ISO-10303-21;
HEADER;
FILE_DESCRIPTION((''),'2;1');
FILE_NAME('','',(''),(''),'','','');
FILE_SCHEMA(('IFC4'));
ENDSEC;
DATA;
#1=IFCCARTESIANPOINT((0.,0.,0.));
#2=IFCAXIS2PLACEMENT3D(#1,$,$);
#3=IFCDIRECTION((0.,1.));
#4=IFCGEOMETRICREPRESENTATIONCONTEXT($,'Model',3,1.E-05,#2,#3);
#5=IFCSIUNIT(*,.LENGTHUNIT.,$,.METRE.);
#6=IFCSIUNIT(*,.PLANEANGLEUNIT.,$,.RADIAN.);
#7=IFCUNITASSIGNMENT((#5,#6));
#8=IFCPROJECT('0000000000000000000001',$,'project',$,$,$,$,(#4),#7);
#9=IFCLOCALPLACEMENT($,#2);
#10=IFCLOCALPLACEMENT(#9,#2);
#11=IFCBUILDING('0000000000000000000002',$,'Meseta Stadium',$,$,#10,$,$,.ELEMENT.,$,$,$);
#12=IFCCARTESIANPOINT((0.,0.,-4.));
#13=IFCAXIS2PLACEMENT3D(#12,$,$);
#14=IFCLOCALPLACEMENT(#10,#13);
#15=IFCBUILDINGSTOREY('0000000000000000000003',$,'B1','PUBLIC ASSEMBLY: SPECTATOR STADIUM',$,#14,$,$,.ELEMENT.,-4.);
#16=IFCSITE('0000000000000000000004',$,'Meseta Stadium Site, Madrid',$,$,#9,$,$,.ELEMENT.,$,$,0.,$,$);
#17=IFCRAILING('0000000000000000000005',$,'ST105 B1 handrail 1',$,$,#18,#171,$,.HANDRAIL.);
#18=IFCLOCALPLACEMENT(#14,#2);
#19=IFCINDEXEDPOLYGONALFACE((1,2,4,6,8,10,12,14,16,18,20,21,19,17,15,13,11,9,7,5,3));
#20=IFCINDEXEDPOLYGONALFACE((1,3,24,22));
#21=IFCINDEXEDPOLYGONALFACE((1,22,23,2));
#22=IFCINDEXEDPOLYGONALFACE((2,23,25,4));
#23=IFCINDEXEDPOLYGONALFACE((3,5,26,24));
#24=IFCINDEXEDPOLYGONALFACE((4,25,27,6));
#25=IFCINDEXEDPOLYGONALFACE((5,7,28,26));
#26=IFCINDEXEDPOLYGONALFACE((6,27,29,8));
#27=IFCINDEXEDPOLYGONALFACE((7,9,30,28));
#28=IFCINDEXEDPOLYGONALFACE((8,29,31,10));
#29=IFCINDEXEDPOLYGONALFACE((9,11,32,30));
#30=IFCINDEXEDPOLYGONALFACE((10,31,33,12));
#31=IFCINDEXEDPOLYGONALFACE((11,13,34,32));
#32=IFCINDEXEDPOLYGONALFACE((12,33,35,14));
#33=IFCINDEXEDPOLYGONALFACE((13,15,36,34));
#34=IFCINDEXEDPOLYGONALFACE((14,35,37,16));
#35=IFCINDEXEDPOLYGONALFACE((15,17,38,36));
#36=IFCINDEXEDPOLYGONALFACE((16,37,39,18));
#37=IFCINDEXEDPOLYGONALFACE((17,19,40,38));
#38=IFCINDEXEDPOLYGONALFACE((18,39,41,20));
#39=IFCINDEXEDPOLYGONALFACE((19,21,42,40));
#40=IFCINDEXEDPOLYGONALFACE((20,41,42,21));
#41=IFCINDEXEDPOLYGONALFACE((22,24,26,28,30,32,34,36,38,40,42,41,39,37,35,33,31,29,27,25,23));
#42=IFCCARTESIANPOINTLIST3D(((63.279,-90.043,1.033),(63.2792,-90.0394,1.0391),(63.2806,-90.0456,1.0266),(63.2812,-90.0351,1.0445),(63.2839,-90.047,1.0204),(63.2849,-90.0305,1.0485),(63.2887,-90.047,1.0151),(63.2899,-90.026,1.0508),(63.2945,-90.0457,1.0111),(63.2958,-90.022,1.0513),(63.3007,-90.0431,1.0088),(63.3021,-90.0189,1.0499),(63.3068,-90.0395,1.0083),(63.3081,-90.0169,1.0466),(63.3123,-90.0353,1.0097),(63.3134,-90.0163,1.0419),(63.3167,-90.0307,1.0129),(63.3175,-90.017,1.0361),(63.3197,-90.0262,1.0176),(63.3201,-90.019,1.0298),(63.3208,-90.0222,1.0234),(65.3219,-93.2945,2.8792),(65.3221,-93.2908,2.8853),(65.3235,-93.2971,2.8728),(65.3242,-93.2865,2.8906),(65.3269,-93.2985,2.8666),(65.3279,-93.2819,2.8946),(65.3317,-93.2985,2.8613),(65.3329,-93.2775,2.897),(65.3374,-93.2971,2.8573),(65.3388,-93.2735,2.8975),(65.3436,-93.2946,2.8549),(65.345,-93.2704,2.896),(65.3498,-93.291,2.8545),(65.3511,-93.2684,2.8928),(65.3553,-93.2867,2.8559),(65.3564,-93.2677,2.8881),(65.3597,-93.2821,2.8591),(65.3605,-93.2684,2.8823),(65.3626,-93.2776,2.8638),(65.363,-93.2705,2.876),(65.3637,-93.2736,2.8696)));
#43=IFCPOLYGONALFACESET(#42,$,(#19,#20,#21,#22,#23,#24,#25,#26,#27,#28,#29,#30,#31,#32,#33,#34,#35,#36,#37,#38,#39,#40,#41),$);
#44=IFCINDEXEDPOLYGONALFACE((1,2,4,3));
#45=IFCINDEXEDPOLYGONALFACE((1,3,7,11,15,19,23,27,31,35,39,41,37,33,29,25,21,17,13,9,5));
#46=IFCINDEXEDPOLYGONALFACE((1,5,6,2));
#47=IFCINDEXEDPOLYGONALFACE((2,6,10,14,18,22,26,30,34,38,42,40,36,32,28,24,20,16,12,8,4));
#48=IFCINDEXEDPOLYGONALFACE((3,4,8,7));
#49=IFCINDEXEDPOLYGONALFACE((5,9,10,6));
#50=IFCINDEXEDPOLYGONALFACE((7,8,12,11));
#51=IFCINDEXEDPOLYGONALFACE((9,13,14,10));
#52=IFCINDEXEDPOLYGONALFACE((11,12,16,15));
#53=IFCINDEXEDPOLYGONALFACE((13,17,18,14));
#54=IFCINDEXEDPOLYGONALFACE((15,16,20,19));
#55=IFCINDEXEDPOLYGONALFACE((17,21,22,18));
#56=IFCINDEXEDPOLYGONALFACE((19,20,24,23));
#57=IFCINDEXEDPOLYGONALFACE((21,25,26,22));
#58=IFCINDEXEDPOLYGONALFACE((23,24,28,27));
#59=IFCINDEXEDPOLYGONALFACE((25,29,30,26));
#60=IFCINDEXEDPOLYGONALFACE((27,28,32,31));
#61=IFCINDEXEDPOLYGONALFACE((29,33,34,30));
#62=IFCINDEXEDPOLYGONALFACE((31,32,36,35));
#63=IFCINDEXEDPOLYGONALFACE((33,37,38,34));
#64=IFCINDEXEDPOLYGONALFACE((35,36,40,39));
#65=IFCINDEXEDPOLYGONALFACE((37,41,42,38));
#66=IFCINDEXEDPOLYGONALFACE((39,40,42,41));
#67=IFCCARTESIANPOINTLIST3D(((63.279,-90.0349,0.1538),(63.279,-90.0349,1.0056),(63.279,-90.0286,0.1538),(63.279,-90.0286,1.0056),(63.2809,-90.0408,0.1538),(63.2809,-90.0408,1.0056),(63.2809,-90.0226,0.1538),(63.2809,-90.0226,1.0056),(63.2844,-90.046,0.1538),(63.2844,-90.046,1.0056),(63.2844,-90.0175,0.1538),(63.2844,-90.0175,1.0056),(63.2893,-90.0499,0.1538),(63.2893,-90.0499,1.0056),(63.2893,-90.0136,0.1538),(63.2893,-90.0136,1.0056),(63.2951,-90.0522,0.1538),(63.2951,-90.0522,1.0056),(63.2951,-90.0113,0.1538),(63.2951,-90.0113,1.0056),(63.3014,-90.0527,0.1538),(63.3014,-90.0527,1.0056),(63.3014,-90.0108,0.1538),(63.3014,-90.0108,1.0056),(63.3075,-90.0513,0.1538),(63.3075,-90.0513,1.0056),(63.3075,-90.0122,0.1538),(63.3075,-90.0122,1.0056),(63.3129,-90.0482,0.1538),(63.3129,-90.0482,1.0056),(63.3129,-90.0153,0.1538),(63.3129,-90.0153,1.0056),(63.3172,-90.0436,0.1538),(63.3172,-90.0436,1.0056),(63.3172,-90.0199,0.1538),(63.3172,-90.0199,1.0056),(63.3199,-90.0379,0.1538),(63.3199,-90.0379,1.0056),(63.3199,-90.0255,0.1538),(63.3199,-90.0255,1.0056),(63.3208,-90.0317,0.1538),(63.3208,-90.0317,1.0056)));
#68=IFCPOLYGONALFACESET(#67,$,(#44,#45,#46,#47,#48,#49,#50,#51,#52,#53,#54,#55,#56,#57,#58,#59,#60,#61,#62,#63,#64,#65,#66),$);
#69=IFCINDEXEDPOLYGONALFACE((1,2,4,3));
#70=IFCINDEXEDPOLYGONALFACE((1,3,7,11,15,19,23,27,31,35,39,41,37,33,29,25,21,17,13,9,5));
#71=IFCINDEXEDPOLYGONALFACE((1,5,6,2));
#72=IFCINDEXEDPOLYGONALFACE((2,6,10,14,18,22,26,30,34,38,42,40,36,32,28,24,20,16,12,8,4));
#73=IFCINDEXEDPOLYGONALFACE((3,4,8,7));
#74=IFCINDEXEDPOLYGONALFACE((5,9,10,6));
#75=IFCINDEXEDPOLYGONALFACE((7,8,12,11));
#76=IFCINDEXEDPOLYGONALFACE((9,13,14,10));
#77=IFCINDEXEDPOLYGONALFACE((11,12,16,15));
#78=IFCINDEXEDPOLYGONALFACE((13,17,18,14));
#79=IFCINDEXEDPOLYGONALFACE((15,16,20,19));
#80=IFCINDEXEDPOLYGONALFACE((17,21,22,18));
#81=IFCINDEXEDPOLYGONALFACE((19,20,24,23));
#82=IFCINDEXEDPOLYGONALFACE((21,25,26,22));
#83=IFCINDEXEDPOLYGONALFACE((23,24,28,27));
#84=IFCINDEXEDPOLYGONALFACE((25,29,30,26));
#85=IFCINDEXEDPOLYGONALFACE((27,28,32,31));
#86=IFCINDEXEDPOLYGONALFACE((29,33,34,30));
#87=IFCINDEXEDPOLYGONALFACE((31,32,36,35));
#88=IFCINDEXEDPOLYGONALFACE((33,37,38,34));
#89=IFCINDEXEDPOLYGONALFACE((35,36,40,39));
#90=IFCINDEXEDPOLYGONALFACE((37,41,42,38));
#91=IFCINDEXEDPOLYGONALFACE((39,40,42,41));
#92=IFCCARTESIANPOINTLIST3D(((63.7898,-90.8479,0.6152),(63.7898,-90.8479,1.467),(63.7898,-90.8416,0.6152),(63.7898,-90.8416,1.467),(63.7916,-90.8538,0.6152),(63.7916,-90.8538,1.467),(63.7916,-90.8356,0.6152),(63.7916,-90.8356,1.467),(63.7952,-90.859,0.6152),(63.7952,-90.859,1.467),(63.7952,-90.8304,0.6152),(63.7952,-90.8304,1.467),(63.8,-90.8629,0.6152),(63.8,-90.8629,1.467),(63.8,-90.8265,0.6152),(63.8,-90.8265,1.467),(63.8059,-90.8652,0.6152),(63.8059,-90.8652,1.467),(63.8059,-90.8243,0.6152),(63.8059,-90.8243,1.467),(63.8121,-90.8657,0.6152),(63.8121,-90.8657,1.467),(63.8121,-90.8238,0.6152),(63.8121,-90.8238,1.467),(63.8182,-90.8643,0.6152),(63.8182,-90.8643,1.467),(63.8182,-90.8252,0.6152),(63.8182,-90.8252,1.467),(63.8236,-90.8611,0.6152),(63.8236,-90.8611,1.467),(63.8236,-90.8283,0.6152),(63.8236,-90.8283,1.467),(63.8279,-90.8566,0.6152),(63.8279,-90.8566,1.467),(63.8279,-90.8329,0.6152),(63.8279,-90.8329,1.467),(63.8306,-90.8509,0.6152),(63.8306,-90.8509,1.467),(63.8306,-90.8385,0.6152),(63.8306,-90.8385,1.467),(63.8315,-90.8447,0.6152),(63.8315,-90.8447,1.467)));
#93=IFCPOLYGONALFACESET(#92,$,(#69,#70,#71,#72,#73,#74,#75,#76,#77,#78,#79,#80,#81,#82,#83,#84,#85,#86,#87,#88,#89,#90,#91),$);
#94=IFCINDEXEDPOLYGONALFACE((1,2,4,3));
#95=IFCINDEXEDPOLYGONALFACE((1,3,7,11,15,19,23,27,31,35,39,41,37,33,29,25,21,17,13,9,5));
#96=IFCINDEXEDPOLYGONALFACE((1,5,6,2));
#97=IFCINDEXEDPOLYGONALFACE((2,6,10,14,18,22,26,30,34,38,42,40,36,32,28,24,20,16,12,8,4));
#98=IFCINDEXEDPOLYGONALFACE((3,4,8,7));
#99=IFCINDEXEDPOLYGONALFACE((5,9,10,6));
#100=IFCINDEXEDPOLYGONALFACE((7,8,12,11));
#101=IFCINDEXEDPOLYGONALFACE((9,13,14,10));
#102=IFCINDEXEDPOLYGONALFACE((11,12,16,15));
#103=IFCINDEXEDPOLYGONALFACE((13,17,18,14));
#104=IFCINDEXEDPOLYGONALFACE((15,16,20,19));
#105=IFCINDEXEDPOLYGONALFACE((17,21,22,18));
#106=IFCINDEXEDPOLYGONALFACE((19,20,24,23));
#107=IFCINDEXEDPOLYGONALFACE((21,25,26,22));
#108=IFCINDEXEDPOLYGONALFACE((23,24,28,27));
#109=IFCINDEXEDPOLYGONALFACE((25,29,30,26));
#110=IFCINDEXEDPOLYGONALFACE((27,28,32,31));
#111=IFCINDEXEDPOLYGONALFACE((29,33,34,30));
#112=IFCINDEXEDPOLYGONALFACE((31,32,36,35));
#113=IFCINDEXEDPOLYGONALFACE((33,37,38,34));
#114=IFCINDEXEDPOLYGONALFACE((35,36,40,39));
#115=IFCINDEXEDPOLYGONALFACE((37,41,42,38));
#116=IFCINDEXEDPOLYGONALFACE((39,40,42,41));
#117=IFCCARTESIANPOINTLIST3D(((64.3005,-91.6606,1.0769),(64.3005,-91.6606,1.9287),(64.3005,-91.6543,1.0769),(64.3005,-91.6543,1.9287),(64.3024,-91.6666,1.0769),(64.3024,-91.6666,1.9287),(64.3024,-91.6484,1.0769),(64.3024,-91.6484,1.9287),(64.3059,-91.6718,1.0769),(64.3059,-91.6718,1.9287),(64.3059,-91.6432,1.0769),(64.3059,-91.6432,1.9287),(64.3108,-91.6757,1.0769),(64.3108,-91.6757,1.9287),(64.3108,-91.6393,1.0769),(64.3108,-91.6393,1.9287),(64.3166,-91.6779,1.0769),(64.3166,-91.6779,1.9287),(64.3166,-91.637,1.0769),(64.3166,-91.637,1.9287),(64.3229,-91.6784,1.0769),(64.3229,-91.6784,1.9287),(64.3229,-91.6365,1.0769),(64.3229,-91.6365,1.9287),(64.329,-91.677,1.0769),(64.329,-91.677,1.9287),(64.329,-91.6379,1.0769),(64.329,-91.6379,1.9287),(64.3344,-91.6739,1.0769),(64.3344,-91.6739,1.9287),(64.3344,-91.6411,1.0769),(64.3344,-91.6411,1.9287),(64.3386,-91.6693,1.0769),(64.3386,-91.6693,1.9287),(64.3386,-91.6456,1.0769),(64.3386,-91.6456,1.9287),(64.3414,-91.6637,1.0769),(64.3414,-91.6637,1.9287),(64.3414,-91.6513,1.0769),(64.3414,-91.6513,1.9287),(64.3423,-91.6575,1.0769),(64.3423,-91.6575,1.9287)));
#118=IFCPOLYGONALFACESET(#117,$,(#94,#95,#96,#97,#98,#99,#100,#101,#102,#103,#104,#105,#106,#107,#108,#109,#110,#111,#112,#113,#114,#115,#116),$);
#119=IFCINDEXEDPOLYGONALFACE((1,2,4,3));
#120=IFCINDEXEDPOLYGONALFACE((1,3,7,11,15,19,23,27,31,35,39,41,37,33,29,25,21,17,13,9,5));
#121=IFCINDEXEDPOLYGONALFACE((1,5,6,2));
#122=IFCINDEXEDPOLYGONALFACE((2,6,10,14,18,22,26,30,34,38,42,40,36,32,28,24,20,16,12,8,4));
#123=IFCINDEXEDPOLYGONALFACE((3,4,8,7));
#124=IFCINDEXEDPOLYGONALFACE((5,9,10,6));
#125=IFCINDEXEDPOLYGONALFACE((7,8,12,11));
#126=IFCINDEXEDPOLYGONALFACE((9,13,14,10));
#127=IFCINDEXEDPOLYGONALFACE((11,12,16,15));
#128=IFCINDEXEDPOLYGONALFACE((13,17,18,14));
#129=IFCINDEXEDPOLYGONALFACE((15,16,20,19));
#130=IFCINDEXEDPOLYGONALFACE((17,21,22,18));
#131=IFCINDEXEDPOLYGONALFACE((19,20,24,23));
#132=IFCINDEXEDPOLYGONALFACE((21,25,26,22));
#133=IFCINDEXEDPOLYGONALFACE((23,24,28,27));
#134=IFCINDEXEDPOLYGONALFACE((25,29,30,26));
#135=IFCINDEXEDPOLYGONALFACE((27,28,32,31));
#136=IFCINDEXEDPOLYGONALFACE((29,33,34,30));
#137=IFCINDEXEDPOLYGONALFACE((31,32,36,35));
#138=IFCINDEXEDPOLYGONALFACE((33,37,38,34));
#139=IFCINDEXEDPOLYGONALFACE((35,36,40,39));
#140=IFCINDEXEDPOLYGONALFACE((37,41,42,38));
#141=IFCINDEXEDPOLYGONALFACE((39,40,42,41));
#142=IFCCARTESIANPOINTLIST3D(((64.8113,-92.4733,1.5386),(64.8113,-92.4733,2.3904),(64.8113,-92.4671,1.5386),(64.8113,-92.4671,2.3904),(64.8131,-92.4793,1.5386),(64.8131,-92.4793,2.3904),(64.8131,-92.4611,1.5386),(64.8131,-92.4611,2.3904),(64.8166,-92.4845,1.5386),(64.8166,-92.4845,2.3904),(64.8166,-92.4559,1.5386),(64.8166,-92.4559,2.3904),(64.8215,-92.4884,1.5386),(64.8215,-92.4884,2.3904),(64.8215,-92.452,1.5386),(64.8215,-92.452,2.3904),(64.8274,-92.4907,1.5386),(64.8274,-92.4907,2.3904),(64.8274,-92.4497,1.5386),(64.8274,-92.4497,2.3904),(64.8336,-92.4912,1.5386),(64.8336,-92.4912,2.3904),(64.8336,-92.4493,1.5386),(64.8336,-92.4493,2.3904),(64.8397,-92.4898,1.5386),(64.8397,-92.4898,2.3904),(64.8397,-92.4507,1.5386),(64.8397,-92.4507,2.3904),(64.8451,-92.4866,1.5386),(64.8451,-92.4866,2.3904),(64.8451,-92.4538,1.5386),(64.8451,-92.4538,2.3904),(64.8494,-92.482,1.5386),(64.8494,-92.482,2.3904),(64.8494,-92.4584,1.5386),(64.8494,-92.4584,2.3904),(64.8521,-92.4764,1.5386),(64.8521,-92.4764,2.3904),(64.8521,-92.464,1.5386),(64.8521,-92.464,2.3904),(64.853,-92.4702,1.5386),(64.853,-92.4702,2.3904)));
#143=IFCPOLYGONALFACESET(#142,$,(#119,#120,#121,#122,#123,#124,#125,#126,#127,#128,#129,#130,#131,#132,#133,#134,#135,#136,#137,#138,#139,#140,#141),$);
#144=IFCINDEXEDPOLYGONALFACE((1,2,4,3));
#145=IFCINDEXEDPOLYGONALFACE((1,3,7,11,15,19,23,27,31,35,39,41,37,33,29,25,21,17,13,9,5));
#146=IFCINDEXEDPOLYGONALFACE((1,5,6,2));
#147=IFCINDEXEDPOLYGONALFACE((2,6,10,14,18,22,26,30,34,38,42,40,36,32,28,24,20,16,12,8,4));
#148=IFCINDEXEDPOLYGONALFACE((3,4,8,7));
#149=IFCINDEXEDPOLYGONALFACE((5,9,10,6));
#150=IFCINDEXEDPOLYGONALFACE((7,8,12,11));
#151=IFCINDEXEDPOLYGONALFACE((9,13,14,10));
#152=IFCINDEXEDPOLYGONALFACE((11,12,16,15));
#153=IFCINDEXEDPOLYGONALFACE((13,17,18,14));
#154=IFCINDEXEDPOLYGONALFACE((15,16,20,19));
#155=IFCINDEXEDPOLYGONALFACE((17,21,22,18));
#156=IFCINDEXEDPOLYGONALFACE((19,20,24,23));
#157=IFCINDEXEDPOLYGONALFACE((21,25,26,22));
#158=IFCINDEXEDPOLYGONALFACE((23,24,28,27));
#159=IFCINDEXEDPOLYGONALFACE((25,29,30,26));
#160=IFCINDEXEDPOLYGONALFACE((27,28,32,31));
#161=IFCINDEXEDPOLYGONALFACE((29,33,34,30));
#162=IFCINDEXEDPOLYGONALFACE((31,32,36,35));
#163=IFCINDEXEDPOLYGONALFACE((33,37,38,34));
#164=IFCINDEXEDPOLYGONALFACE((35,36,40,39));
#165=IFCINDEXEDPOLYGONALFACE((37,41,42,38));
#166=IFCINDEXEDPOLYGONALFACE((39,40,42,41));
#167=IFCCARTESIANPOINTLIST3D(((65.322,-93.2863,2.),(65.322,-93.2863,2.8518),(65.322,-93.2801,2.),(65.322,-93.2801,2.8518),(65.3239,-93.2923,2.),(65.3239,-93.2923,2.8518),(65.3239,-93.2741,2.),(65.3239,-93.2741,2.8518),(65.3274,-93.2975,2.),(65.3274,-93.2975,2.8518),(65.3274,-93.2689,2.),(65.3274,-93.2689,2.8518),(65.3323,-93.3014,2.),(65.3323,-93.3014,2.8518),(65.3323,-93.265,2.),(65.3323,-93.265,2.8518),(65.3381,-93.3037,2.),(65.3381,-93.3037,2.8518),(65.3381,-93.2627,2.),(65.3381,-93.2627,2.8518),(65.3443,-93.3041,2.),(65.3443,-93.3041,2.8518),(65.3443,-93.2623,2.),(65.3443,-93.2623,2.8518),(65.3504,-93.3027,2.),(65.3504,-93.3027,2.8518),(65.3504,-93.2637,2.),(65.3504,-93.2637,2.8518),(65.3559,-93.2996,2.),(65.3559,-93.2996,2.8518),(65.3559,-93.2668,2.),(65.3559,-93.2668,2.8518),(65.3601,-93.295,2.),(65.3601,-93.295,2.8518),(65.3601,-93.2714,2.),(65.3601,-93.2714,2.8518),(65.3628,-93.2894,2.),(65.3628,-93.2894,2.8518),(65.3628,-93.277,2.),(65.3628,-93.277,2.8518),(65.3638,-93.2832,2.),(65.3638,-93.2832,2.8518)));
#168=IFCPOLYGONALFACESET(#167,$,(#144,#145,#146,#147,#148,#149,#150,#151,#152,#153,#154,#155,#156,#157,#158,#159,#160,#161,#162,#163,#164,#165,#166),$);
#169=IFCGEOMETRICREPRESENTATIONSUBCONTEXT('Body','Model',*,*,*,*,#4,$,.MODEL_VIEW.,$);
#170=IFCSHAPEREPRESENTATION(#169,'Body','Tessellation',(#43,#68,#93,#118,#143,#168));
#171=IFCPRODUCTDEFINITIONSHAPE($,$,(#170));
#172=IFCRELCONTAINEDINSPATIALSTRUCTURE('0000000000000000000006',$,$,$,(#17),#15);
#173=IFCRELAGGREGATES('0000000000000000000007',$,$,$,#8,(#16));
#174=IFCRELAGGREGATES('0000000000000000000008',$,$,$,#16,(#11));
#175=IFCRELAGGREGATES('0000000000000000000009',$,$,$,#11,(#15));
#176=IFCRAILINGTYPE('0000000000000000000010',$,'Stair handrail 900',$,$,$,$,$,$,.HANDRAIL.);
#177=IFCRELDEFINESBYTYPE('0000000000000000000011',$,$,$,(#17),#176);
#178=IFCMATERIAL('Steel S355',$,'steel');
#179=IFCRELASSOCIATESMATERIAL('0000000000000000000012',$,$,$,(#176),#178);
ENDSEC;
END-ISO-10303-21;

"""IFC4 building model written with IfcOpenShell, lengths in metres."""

from ifc_helpers import new_model, si_unit, direction, frame, origin, origin_2d, place, context, subcontext, project, spatial, circle, extrude, material, type_object, element, save


model = new_model("IFC4")

# Units and contexts
model_context = context("Model", 3, precision=1e-05, world=origin(), true_north=direction((0.0, 1.0)))
body_context = subcontext(model_context, "Body", "Model", "MODEL_VIEW")
ifc_project = project(units=[si_unit("LENGTHUNIT", "METRE"), si_unit("PLANEANGLEUNIT", "RADIAN")], contexts=[model_context])

# Site, building, storey
site_placement = place(None, origin())
site = spatial("IfcSite", under=ifc_project, at=site_placement, Name="Meseta Stadium Site, Madrid", CompositionType="ELEMENT", RefElevation=0.0)
building_placement = place(site_placement, origin())
building = spatial("IfcBuilding", under=site, at=building_placement, Name="Meseta Stadium", CompositionType="ELEMENT")
storey_placement = place(building_placement, frame((0.0, 0.0, -4.0)))
storey = spatial("IfcBuildingStorey", under=building, at=storey_placement, Name="B1", Description="PUBLIC ASSEMBLY: SPECTATOR STADIUM", CompositionType="ELEMENT", Elevation=-4.0)

# Railing
ifc_material_1 = material(Name="Steel S355", Category="steel")
railing_type_1 = type_object("IfcRailingType", Name="Stair handrail 900", PredefinedType="HANDRAIL", material=ifc_material_1)
for number, where, name in (
    (1, (63.2998, -90.0317, 0.1538), "ST105 B1 handrail 1"),
):
    element("IfcRailing", number, at=place(storey_placement, frame(where)), inside=storey, type_object=railing_type_1, Name=name, PredefinedType="HANDRAIL", context=body_context, shape_type="SweptSolid", body=[
        extrude(circle(Radius=0.0239, at=origin_2d()), frame((0.0, 0.0, 0.876), z_axis=(0.479483, -0.763117, 0.4333), x_axis=(0.846731, 0.53202, 0.0)), (0.0, 0.0, 1.0), 4.2607),
        extrude(circle(Radius=0.021, at=origin_2d()), origin(), (0.0, 0.0, 1.0), 0.8518),
        extrude(circle(Radius=0.021, at=origin_2d()), frame((0.5107, -0.813, 0.4614)), (0.0, 0.0, 1.0), 0.8518),
        extrude(circle(Radius=0.021, at=origin_2d()), frame((1.0215, -1.6257, 0.9231)), (0.0, 0.0, 1.0), 0.8518),
        extrude(circle(Radius=0.021, at=origin_2d()), frame((1.5322, -2.4385, 1.3848)), (0.0, 0.0, 1.0), 0.8518),
        extrude(circle(Radius=0.021, at=origin_2d()), frame((2.043, -3.2515, 1.8462)), (0.0, 0.0, 1.0), 0.8518),
    ])

save(model, "model.ifc")
